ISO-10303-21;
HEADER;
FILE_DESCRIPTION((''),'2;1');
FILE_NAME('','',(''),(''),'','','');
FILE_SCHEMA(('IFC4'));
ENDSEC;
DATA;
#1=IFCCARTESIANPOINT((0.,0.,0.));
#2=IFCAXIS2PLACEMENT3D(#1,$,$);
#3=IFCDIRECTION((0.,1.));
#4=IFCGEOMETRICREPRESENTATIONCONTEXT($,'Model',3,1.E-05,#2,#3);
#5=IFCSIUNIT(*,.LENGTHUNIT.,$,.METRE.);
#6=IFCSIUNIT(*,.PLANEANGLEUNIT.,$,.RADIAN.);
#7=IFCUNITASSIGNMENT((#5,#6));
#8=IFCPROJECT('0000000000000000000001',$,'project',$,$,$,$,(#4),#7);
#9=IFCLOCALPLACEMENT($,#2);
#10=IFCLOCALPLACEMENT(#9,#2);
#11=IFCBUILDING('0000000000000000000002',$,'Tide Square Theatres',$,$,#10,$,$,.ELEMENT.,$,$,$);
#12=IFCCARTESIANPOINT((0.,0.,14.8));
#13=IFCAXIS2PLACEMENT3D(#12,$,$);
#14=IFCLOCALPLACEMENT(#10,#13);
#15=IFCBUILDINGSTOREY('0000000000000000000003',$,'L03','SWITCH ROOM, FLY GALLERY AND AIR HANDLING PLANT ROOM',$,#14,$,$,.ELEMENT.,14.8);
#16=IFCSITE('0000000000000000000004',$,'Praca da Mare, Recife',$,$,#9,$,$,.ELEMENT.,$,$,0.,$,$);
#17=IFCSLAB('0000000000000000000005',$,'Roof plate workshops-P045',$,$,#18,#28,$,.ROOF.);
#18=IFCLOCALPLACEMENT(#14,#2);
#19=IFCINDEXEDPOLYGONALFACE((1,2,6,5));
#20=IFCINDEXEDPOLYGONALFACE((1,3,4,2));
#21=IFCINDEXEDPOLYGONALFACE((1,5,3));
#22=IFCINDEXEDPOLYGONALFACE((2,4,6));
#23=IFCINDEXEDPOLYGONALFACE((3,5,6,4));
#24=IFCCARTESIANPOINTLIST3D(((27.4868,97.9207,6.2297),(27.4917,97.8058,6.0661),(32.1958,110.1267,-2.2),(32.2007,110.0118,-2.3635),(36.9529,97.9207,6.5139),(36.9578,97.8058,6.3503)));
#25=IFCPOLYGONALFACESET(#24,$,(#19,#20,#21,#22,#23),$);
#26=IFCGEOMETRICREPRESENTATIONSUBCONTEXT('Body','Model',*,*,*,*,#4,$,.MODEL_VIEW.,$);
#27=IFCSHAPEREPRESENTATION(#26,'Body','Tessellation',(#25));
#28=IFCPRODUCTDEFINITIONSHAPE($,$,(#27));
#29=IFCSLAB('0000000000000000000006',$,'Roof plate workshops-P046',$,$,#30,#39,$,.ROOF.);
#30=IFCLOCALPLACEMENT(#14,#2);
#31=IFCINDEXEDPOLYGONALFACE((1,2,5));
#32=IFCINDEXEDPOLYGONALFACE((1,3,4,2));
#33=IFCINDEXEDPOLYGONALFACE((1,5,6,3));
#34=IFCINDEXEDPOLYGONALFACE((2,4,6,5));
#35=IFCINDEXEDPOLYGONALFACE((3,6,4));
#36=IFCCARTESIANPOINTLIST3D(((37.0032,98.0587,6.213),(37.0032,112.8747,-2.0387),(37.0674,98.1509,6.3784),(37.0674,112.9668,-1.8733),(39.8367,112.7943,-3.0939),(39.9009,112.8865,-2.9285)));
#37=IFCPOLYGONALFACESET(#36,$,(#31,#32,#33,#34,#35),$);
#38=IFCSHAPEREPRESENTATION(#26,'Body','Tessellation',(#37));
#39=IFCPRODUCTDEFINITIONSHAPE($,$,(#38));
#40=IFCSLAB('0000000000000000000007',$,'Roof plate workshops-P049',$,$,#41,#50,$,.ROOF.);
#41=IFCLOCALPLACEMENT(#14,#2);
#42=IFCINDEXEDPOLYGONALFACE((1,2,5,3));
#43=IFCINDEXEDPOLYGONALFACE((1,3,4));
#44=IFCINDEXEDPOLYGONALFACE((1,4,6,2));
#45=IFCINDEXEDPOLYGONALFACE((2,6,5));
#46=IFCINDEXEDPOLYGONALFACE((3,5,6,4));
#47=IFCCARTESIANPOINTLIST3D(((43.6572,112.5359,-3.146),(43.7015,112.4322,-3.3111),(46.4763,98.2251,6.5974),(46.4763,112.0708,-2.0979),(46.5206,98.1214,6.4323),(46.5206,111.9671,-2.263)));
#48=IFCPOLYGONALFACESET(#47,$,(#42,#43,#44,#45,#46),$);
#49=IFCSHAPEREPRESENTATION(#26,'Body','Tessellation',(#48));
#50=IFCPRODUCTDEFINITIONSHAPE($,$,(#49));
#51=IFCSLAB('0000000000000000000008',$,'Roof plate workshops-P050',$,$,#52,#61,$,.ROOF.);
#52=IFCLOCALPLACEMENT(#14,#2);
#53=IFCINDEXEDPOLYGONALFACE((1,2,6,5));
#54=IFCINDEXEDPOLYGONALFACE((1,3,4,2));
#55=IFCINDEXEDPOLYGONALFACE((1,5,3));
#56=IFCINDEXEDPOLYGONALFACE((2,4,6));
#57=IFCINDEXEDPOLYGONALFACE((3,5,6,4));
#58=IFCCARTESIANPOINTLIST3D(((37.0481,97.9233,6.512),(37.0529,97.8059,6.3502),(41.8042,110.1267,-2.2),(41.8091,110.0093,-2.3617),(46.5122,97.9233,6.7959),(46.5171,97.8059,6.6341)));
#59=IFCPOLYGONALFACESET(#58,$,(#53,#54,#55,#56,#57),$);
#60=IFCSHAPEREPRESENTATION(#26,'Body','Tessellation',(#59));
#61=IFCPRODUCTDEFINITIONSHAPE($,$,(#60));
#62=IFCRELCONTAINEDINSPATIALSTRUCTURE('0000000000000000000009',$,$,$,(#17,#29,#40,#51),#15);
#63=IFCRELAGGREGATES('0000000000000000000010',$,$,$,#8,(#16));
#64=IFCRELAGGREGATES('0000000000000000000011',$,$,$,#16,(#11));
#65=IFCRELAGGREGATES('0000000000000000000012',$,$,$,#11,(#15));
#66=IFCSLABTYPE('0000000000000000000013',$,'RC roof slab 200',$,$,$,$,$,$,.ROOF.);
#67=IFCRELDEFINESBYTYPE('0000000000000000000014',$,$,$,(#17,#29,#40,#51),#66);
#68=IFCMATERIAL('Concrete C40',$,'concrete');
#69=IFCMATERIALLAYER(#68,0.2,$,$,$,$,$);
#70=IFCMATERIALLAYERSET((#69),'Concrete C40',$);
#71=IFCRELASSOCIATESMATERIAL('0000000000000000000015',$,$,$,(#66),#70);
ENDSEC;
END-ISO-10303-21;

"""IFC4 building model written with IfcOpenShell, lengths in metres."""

from ifc_helpers import new_model, si_unit, direction, frame, origin, place, context, subcontext, project, spatial, polyline, outline, extrude, material, layer, layer_set, type_object, element, save


model = new_model("IFC4")

# Units and contexts
model_context = context("Model", 3, precision=1e-05, world=origin(), true_north=direction((0.0, 1.0)))
body_context = subcontext(model_context, "Body", "Model", "MODEL_VIEW")
ifc_project = project(units=[si_unit("LENGTHUNIT", "METRE"), si_unit("PLANEANGLEUNIT", "RADIAN")], contexts=[model_context])

# Site, building, storey
site_placement = place(None, origin())
site = spatial("IfcSite", under=ifc_project, at=site_placement, Name="Praca da Mare, Recife", CompositionType="ELEMENT", RefElevation=0.0)
building_placement = place(site_placement, origin())
building = spatial("IfcBuilding", under=site, at=building_placement, Name="Tide Square Theatres", CompositionType="ELEMENT")
storey_placement = place(building_placement, frame((0.0, 0.0, 14.8)))
storey = spatial("IfcBuildingStorey", under=building, at=storey_placement, Name="L03", Description="SWITCH ROOM, FLY GALLERY AND AIR HANDLING PLANT ROOM", CompositionType="ELEMENT", Elevation=14.8)

# Slabs
ifc_material_1 = material(Name="Concrete C40", Category="concrete")
ifc_layer = layer(ifc_material_1, 0.2)
ifc_layer_set = layer_set([ifc_layer], Name="Concrete C40")
slab_type = type_object("IfcSlabType", Name="RC roof slab 200", PredefinedType="ROOF", material=ifc_layer_set)
slab_1_placement = place(storey_placement, frame((32.1958, 110.1267, -2.2), z_axis=(-0.024561, 0.574495, 0.818139), x_axis=(-0.302566, -0.784275, 0.541633)))
element("IfcSlab", 1, at=slab_1_placement, inside=storey, type_object=slab_type, Name="Roof plate workshops-P045", PredefinedType="ROOF", context=body_context, shape_type="SweptSolid", body=[
    extrude(outline(polyline([(0.0, 0.0), (15.5635, 0.0), (12.8533, 9.0742), (0.0, 0.0)])), origin(), (0.0, 0.0, -1.0), 0.2),
])
slab_2_placement = place(storey_placement, frame((39.9009, 112.8865, -2.9285), z_axis=(0.321165, 0.460796, 0.827357), x_axis=(-0.936799, 0.026556, 0.348858)))
element("IfcSlab", 2, at=slab_2_placement, inside=storey, type_object=slab_type, Name="Roof plate workshops-P046", PredefinedType="ROOF", context=body_context, shape_type="SweptSolid", body=[
    extrude(outline(polyline([(0.0, 0.0), (3.0247, 0.0), (5.5099, 16.7757), (0.0, 0.0)])), origin(), (0.0, 0.0, -1.0), 0.2),
])
slab_3_placement = place(storey_placement, frame((43.6572, 112.5359, -3.146), z_axis=(-0.221465, 0.518628, 0.82582), x_axis=(0.160716, -0.815857, 0.555471)))
element("IfcSlab", 3, at=slab_3_placement, inside=storey, type_object=slab_type, Name="Roof plate workshops-P049", PredefinedType="ROOF", context=body_context, shape_type="SweptSolid", body=[
    extrude(outline(polyline([(0.0, 0.0), (17.5408, 0.0), (1.4147, 2.6946), (0.0, 0.0)])), origin(), (0.0, 0.0, -1.0), 0.2),
])
slab_4_placement = place(storey_placement, frame((41.8042, 110.1267, -2.2), z_axis=(-0.024275, 0.587106, 0.809146), x_axis=(-0.302354, -0.775791, 0.553833)))
element("IfcSlab", 4, at=slab_4_placement, inside=storey, type_object=slab_type, Name="Roof plate workshops-P050", PredefinedType="ROOF", context=body_context, shape_type="SweptSolid", body=[
    extrude(outline(polyline([(0.0, 0.0), (15.7302, 0.0), (13.026, 9.074), (0.0, 0.0)])), origin(), (0.0, 0.0, -1.0), 0.2),
])

save(model, "model.ifc")
